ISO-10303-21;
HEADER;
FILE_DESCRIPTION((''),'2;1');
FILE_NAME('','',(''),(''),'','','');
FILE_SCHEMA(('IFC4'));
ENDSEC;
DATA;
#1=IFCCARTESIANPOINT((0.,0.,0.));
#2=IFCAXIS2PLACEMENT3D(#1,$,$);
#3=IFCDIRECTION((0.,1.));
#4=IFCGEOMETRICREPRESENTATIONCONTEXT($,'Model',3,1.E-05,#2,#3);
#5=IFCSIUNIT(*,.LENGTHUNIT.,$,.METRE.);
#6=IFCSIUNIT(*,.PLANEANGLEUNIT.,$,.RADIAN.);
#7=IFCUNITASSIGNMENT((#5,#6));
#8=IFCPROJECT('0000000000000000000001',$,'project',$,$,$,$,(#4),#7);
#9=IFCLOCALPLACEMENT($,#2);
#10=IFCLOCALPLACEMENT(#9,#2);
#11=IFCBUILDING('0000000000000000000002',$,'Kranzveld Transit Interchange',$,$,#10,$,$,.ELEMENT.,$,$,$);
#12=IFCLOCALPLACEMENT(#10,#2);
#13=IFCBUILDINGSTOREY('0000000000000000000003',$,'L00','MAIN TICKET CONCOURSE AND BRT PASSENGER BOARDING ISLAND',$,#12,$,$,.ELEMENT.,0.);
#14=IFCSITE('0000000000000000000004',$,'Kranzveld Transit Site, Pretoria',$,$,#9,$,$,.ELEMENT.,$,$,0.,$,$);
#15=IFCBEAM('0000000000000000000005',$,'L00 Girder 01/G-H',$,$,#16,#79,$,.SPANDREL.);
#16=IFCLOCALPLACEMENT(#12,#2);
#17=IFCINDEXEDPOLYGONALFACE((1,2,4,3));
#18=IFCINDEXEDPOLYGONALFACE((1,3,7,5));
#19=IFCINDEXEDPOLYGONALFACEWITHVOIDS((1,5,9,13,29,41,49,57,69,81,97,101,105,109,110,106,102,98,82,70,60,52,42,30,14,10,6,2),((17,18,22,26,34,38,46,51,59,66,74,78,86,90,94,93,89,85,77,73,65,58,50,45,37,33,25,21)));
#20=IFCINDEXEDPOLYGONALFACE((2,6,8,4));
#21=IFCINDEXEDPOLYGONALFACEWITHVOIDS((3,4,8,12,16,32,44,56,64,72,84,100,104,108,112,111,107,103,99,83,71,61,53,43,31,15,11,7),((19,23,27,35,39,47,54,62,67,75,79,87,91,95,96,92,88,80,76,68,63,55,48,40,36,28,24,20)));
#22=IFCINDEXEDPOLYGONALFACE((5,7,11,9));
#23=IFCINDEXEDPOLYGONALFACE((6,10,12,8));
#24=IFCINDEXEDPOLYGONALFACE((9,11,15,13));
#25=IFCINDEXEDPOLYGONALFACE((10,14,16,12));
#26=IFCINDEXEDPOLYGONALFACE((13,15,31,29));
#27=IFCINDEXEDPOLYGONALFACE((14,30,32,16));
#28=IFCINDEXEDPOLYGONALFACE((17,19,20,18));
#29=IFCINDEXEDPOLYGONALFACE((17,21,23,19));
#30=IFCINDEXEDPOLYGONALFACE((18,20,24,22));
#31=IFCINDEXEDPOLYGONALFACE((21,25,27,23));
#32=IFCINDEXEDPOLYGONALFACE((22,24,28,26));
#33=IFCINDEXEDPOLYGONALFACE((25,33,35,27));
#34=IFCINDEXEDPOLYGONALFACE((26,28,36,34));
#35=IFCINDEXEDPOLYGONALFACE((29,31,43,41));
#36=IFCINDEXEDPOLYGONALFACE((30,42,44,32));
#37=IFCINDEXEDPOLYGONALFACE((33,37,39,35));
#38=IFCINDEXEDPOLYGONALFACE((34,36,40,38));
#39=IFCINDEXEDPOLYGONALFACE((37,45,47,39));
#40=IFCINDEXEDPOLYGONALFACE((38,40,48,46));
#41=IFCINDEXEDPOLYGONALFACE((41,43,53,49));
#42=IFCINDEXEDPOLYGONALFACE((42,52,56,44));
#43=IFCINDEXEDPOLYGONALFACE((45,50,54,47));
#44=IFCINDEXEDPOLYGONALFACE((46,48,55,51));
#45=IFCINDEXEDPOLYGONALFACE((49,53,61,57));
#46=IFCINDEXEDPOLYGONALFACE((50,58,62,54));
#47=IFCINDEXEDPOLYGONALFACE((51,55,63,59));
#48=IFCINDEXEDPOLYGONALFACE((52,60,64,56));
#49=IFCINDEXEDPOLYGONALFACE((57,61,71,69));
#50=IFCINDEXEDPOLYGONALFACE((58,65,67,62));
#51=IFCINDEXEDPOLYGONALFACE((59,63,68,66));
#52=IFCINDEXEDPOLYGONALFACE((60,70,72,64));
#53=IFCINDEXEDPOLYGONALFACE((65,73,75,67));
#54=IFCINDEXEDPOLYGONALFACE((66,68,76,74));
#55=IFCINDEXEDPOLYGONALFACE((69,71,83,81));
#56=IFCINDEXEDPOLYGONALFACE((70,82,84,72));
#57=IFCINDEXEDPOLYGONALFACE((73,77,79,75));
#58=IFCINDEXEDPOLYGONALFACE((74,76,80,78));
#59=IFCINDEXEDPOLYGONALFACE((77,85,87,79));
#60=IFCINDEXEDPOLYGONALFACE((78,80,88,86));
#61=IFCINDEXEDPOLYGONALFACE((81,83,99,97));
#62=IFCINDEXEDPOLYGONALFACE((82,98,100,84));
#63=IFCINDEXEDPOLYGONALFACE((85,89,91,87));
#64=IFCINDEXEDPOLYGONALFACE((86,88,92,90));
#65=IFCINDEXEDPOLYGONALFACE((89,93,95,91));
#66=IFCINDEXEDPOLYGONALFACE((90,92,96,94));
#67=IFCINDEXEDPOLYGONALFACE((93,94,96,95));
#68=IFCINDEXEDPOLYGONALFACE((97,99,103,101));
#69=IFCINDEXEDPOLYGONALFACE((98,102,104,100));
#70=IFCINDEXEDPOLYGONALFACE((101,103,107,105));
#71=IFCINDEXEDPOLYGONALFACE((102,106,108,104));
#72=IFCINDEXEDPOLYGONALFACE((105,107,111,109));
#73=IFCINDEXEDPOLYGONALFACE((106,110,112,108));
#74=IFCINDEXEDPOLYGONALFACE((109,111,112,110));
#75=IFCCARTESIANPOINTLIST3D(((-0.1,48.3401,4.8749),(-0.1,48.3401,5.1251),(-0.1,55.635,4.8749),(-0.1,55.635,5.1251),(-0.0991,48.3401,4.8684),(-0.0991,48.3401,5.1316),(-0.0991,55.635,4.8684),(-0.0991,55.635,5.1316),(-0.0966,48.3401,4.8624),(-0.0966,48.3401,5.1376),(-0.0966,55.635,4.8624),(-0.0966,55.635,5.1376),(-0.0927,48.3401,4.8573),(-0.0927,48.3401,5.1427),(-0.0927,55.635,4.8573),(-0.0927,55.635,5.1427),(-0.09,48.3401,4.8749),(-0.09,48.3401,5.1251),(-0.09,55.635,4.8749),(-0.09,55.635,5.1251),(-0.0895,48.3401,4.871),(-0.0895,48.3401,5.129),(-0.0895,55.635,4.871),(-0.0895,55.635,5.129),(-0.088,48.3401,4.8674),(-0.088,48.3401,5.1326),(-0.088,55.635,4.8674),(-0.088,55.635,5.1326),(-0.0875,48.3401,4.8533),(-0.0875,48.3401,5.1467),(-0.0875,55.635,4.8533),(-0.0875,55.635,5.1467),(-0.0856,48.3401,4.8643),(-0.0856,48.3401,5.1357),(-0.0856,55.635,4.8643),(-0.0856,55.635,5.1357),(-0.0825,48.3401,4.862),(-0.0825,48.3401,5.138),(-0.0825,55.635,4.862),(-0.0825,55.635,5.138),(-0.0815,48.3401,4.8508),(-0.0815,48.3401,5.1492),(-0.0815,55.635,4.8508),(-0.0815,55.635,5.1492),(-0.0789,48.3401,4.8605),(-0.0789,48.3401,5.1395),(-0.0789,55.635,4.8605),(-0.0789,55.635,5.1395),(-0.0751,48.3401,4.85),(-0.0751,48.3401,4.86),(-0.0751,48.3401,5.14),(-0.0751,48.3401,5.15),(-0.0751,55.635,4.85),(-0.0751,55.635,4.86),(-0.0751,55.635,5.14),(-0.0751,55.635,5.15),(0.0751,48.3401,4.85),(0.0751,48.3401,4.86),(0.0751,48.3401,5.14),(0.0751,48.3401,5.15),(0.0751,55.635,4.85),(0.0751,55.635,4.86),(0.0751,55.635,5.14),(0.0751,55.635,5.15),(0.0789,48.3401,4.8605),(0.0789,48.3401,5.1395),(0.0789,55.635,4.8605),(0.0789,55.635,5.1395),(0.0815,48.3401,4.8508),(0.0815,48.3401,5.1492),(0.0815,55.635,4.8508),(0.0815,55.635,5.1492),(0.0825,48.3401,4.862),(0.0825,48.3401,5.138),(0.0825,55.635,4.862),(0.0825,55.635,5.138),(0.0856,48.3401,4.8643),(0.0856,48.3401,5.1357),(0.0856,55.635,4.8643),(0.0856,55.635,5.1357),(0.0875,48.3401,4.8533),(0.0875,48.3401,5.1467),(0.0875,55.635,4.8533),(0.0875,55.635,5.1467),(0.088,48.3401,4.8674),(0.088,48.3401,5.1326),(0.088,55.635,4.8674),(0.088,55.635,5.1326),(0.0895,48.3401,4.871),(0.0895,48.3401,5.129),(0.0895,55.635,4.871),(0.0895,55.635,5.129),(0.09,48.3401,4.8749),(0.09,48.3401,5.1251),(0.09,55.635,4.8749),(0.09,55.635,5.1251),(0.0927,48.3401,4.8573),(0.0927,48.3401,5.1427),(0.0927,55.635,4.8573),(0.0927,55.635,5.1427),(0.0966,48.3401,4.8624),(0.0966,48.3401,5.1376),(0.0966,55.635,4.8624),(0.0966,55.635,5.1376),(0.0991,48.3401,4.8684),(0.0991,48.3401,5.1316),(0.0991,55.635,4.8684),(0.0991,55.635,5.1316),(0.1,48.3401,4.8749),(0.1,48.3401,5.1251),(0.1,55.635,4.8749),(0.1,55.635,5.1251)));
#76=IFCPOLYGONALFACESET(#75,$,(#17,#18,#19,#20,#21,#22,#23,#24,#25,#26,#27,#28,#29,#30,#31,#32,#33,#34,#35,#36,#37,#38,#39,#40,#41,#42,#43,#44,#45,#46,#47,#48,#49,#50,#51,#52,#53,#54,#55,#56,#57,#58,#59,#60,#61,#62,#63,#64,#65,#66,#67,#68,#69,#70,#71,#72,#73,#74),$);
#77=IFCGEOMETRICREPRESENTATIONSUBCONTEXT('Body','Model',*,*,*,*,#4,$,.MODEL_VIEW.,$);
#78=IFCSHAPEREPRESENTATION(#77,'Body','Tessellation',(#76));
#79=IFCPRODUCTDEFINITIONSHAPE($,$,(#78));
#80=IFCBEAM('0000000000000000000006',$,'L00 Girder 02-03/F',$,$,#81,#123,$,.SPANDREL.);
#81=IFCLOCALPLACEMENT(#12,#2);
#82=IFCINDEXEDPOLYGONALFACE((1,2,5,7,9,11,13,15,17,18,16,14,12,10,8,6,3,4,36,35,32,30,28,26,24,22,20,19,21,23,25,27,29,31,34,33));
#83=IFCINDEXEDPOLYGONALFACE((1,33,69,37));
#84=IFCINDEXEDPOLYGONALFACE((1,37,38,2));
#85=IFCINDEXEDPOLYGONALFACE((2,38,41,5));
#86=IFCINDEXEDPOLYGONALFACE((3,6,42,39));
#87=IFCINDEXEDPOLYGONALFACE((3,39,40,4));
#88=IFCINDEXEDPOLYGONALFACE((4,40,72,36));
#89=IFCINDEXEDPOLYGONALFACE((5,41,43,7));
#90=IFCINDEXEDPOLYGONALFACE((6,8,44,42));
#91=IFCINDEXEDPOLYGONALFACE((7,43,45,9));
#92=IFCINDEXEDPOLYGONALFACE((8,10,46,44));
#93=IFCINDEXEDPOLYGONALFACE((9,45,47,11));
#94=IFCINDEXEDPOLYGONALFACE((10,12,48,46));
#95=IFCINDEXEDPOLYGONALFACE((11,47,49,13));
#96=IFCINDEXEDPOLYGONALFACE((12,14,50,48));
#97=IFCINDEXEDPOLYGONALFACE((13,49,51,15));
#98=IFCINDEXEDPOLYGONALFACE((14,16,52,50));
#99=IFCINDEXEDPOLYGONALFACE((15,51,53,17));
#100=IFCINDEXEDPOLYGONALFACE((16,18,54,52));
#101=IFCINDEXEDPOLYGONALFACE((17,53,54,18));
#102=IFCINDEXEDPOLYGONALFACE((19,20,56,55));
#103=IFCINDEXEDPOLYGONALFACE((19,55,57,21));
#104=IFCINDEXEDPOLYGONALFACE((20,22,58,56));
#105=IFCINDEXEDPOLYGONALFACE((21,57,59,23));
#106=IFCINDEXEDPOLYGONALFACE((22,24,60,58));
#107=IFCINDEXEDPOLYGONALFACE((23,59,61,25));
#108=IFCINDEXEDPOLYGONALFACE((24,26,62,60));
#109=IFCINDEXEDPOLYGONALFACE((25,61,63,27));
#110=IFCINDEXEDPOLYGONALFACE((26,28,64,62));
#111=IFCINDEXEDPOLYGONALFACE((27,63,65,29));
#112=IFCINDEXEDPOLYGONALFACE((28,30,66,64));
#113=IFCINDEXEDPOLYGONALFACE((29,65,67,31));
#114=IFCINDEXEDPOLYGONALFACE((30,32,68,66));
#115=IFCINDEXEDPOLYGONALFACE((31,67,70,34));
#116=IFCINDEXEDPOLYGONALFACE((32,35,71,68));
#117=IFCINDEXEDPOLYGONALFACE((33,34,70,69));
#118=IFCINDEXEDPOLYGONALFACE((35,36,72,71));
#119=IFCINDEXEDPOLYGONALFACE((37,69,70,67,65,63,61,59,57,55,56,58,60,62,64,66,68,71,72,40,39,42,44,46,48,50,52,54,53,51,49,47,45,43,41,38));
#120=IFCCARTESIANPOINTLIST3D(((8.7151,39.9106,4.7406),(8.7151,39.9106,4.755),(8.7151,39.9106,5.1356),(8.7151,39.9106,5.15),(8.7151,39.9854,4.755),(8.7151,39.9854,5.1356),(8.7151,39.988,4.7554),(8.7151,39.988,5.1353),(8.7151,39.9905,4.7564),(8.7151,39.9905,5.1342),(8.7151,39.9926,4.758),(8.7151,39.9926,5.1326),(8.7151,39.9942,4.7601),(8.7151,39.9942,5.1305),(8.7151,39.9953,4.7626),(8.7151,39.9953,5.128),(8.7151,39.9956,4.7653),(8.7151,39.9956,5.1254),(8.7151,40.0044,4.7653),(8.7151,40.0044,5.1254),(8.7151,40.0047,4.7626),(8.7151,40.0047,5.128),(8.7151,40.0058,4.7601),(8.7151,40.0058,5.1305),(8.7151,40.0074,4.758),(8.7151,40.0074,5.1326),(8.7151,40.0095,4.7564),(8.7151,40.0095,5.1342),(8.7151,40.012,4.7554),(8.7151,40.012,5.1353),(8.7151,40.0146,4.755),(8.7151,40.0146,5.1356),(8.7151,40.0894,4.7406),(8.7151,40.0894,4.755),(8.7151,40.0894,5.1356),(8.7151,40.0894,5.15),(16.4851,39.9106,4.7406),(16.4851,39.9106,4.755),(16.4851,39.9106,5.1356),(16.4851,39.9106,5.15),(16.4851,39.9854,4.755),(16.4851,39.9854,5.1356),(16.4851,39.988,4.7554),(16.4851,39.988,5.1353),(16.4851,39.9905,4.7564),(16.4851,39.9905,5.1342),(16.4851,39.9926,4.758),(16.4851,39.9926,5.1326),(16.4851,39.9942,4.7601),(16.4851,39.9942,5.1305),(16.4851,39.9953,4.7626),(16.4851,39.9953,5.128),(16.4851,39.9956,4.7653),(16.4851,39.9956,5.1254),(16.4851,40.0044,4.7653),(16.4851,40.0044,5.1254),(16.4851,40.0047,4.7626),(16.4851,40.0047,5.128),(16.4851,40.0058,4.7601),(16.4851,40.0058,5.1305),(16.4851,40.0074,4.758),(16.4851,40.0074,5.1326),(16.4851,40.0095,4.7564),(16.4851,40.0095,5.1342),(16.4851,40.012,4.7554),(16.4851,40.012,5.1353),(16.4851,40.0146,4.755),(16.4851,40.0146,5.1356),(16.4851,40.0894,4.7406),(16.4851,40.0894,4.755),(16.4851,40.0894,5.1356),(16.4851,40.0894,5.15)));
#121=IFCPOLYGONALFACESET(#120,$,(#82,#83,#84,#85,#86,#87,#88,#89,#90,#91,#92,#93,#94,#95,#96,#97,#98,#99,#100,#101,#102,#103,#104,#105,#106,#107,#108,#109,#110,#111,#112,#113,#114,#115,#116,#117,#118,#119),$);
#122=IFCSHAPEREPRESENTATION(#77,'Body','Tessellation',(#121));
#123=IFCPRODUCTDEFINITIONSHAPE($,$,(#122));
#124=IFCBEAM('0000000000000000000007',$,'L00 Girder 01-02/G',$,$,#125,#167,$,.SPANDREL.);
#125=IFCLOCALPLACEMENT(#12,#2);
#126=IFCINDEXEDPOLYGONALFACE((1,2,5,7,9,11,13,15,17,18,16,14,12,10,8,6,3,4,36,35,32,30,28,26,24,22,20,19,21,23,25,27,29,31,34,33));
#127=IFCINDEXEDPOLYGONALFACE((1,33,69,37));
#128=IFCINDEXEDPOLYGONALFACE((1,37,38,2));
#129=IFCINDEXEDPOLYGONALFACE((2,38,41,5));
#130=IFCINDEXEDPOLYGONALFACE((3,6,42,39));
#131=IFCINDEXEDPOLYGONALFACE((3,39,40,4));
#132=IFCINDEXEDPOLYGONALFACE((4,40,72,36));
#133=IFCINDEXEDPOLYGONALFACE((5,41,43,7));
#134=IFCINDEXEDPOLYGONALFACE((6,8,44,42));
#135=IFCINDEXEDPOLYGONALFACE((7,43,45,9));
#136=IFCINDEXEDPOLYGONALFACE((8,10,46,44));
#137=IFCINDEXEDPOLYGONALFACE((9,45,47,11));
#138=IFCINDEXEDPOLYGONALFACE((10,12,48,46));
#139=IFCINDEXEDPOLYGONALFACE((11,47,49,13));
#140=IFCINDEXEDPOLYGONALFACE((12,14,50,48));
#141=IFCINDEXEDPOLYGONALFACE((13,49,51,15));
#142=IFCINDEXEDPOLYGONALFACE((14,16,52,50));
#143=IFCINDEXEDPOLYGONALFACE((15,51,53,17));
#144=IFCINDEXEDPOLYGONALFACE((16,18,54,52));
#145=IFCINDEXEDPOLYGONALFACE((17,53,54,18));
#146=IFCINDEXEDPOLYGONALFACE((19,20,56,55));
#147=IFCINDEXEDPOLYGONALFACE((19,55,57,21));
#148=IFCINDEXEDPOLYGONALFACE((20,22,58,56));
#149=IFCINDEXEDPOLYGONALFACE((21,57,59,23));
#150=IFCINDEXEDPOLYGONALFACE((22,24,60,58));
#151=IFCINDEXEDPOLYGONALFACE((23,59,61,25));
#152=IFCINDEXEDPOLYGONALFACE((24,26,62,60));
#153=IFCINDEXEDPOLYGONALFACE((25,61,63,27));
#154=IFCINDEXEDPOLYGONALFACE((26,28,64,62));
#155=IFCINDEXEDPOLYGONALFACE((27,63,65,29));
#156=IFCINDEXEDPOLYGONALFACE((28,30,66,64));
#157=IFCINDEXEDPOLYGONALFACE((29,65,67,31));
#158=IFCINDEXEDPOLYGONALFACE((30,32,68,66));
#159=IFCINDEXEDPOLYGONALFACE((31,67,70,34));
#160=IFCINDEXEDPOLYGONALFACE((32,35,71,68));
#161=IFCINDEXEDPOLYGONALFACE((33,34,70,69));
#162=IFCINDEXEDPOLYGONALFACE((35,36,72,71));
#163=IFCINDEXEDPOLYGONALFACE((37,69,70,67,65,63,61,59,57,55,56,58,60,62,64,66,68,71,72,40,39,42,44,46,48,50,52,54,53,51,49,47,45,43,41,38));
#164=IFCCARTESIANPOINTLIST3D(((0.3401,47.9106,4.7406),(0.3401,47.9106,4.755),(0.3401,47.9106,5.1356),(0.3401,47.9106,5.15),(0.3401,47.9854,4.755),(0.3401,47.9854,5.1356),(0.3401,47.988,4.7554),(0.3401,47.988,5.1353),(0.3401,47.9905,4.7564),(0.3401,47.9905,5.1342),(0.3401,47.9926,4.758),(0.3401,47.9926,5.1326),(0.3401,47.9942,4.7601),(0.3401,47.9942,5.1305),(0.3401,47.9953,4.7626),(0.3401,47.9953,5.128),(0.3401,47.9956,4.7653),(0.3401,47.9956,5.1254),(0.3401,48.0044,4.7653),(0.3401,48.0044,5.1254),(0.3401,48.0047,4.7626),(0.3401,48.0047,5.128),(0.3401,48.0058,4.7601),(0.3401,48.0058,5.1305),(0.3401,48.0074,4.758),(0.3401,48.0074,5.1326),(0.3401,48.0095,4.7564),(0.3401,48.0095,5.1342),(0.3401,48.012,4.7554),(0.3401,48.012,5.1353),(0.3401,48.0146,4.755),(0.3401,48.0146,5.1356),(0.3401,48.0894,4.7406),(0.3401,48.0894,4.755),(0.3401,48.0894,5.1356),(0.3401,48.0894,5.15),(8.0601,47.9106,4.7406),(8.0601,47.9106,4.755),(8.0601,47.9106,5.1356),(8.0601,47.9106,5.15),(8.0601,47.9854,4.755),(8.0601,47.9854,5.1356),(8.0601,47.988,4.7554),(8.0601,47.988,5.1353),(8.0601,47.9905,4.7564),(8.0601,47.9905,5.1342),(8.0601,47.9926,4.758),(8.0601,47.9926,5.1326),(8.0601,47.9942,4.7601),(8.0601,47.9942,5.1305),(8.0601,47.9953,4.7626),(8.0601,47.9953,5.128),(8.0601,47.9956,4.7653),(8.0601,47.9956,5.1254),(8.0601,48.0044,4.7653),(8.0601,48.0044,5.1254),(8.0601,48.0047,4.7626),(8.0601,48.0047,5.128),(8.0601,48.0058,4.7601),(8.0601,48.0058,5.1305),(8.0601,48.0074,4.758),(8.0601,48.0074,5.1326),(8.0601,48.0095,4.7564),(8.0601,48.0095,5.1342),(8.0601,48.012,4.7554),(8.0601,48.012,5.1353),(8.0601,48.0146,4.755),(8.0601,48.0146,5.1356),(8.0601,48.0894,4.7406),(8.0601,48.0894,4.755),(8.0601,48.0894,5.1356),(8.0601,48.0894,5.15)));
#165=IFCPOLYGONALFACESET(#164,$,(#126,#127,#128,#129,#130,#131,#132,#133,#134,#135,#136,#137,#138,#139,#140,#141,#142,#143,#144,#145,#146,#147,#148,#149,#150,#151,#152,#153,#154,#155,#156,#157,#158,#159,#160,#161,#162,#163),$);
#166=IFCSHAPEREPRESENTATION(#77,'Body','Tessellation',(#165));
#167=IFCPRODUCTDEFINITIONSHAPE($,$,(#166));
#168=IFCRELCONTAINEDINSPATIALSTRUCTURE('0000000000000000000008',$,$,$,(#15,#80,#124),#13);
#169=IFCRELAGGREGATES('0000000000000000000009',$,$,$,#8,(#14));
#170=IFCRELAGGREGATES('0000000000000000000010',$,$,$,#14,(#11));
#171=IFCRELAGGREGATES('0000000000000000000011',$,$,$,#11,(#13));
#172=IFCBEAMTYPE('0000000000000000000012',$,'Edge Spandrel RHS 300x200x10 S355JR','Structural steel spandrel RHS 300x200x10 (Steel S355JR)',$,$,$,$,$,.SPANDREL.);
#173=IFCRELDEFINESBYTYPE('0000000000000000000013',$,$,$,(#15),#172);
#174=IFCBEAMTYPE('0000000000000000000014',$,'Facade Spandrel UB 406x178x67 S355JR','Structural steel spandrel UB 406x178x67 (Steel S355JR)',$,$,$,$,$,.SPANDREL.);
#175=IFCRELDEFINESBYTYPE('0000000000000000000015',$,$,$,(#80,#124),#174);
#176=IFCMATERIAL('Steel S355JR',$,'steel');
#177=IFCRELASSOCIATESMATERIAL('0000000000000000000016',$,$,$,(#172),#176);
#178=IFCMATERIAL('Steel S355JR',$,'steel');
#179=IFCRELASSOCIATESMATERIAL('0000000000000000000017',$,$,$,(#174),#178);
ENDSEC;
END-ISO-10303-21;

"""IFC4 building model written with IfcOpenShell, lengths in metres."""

from ifc_helpers import new_model, si_unit, direction, frame, origin, origin_2d, place, context, subcontext, project, spatial, hollow_rectangle, i_section, extrude, material, material_profile, profile_set, type_object, element, save


model = new_model("IFC4")

# Units and contexts
model_context = context("Model", 3, precision=1e-05, world=origin(), true_north=direction((0.0, 1.0)))
body_context = subcontext(model_context, "Body", "Model", "MODEL_VIEW")
ifc_project = project(units=[si_unit("LENGTHUNIT", "METRE"), si_unit("PLANEANGLEUNIT", "RADIAN")], contexts=[model_context])

# Site, building, storey
site_placement = place(None, origin())
site = spatial("IfcSite", under=ifc_project, at=site_placement, Name="Kranzveld Transit Site, Pretoria", CompositionType="ELEMENT", RefElevation=0.0)
building_placement = place(site_placement, origin())
building = spatial("IfcBuilding", under=site, at=building_placement, Name="Kranzveld Transit Interchange", CompositionType="ELEMENT")
storey_placement = place(building_placement, origin())
storey = spatial("IfcBuildingStorey", under=building, at=storey_placement, Name="L00", Description="MAIN TICKET CONCOURSE AND BRT PASSENGER BOARDING ISLAND", CompositionType="ELEMENT", Elevation=0.0)

# Beams
ifc_material_1 = material(Name="Steel S355JR", Category="steel")
ifc_material_profile_1 = material_profile(ifc_material_1, hollow_rectangle(XDim=0.2, YDim=0.3, WallThickness=0.01, InnerFilletRadius=0.0149, OuterFilletRadius=0.0249, at=origin_2d()), Name="RHS 300x200x10")
ifc_profile_set_1 = profile_set([ifc_material_profile_1], Name="Steel S355JR")
beam_type_1 = type_object("IfcBeamType", Name="Edge Spandrel RHS 300x200x10 S355JR", Description="Structural steel spandrel RHS 300x200x10 (Steel S355JR)", PredefinedType="SPANDREL", material=ifc_profile_set_1)
beam_1_placement = place(storey_placement, frame((0.0, 48.3401, 5.0), z_axis=(0.0, 1.0, 0.0), x_axis=(-1.0, 0.0, 0.0)))
element("IfcBeam", 1, at=beam_1_placement, inside=storey, type_object=beam_type_1, Name="L00 Girder 01/G-H", PredefinedType="SPANDREL", context=body_context, shape_type="SweptSolid", body=[
    extrude(hollow_rectangle(XDim=0.2, YDim=0.3, WallThickness=0.01, InnerFilletRadius=0.0149, OuterFilletRadius=0.0249, at=origin_2d()), origin(), (0.0, 0.0, 1.0), 7.2949),
])
ifc_material_2 = material(Name="Steel S355JR", Category="steel")
ifc_material_profile_2 = material_profile(ifc_material_2, i_section(OverallWidth=0.1787, OverallDepth=0.4094, WebThickness=0.0088, FlangeThickness=0.0144, FilletRadius=0.0103, at=origin_2d()), Name="UB 406x178x67")
ifc_profile_set_2 = profile_set([ifc_material_profile_2], Name="Steel S355JR")
beam_type_2 = type_object("IfcBeamType", Name="Facade Spandrel UB 406x178x67 S355JR", Description="Structural steel spandrel UB 406x178x67 (Steel S355JR)", PredefinedType="SPANDREL", material=ifc_profile_set_2)
beam_2_placement = place(storey_placement, frame((8.7151, 40.0, 4.9453), z_axis=(1.0, 0.0, 0.0), x_axis=(0.0, 1.0, 0.0)))
element("IfcBeam", 2, at=beam_2_placement, inside=storey, type_object=beam_type_2, Name="L00 Girder 02-03/F", PredefinedType="SPANDREL", context=body_context, shape_type="SweptSolid", body=[
    extrude(i_section(OverallWidth=0.1787, OverallDepth=0.4094, WebThickness=0.0088, FlangeThickness=0.0144, FilletRadius=0.0103, at=origin_2d()), origin(), (0.0, 0.0, 1.0), 7.77),
])
for number, where, z_axis, x_axis, name in (
    (3, (0.3401, 48.0, 4.9453), (1.0, 0.0, 0.0), (0.0, 1.0, 0.0), "L00 Girder 01-02/G"),
):
    element("IfcBeam", number, at=place(storey_placement, frame(where, z_axis=z_axis, x_axis=x_axis)), inside=storey, type_object=beam_type_2, Name=name, PredefinedType="SPANDREL", context=body_context, shape_type="SweptSolid", body=[
        extrude(i_section(OverallWidth=0.1787, OverallDepth=0.4094, WebThickness=0.0088, FlangeThickness=0.0144, FilletRadius=0.0103, at=origin_2d()), origin(), (0.0, 0.0, 1.0), 7.72),
    ])

save(model, "model.ifc")
